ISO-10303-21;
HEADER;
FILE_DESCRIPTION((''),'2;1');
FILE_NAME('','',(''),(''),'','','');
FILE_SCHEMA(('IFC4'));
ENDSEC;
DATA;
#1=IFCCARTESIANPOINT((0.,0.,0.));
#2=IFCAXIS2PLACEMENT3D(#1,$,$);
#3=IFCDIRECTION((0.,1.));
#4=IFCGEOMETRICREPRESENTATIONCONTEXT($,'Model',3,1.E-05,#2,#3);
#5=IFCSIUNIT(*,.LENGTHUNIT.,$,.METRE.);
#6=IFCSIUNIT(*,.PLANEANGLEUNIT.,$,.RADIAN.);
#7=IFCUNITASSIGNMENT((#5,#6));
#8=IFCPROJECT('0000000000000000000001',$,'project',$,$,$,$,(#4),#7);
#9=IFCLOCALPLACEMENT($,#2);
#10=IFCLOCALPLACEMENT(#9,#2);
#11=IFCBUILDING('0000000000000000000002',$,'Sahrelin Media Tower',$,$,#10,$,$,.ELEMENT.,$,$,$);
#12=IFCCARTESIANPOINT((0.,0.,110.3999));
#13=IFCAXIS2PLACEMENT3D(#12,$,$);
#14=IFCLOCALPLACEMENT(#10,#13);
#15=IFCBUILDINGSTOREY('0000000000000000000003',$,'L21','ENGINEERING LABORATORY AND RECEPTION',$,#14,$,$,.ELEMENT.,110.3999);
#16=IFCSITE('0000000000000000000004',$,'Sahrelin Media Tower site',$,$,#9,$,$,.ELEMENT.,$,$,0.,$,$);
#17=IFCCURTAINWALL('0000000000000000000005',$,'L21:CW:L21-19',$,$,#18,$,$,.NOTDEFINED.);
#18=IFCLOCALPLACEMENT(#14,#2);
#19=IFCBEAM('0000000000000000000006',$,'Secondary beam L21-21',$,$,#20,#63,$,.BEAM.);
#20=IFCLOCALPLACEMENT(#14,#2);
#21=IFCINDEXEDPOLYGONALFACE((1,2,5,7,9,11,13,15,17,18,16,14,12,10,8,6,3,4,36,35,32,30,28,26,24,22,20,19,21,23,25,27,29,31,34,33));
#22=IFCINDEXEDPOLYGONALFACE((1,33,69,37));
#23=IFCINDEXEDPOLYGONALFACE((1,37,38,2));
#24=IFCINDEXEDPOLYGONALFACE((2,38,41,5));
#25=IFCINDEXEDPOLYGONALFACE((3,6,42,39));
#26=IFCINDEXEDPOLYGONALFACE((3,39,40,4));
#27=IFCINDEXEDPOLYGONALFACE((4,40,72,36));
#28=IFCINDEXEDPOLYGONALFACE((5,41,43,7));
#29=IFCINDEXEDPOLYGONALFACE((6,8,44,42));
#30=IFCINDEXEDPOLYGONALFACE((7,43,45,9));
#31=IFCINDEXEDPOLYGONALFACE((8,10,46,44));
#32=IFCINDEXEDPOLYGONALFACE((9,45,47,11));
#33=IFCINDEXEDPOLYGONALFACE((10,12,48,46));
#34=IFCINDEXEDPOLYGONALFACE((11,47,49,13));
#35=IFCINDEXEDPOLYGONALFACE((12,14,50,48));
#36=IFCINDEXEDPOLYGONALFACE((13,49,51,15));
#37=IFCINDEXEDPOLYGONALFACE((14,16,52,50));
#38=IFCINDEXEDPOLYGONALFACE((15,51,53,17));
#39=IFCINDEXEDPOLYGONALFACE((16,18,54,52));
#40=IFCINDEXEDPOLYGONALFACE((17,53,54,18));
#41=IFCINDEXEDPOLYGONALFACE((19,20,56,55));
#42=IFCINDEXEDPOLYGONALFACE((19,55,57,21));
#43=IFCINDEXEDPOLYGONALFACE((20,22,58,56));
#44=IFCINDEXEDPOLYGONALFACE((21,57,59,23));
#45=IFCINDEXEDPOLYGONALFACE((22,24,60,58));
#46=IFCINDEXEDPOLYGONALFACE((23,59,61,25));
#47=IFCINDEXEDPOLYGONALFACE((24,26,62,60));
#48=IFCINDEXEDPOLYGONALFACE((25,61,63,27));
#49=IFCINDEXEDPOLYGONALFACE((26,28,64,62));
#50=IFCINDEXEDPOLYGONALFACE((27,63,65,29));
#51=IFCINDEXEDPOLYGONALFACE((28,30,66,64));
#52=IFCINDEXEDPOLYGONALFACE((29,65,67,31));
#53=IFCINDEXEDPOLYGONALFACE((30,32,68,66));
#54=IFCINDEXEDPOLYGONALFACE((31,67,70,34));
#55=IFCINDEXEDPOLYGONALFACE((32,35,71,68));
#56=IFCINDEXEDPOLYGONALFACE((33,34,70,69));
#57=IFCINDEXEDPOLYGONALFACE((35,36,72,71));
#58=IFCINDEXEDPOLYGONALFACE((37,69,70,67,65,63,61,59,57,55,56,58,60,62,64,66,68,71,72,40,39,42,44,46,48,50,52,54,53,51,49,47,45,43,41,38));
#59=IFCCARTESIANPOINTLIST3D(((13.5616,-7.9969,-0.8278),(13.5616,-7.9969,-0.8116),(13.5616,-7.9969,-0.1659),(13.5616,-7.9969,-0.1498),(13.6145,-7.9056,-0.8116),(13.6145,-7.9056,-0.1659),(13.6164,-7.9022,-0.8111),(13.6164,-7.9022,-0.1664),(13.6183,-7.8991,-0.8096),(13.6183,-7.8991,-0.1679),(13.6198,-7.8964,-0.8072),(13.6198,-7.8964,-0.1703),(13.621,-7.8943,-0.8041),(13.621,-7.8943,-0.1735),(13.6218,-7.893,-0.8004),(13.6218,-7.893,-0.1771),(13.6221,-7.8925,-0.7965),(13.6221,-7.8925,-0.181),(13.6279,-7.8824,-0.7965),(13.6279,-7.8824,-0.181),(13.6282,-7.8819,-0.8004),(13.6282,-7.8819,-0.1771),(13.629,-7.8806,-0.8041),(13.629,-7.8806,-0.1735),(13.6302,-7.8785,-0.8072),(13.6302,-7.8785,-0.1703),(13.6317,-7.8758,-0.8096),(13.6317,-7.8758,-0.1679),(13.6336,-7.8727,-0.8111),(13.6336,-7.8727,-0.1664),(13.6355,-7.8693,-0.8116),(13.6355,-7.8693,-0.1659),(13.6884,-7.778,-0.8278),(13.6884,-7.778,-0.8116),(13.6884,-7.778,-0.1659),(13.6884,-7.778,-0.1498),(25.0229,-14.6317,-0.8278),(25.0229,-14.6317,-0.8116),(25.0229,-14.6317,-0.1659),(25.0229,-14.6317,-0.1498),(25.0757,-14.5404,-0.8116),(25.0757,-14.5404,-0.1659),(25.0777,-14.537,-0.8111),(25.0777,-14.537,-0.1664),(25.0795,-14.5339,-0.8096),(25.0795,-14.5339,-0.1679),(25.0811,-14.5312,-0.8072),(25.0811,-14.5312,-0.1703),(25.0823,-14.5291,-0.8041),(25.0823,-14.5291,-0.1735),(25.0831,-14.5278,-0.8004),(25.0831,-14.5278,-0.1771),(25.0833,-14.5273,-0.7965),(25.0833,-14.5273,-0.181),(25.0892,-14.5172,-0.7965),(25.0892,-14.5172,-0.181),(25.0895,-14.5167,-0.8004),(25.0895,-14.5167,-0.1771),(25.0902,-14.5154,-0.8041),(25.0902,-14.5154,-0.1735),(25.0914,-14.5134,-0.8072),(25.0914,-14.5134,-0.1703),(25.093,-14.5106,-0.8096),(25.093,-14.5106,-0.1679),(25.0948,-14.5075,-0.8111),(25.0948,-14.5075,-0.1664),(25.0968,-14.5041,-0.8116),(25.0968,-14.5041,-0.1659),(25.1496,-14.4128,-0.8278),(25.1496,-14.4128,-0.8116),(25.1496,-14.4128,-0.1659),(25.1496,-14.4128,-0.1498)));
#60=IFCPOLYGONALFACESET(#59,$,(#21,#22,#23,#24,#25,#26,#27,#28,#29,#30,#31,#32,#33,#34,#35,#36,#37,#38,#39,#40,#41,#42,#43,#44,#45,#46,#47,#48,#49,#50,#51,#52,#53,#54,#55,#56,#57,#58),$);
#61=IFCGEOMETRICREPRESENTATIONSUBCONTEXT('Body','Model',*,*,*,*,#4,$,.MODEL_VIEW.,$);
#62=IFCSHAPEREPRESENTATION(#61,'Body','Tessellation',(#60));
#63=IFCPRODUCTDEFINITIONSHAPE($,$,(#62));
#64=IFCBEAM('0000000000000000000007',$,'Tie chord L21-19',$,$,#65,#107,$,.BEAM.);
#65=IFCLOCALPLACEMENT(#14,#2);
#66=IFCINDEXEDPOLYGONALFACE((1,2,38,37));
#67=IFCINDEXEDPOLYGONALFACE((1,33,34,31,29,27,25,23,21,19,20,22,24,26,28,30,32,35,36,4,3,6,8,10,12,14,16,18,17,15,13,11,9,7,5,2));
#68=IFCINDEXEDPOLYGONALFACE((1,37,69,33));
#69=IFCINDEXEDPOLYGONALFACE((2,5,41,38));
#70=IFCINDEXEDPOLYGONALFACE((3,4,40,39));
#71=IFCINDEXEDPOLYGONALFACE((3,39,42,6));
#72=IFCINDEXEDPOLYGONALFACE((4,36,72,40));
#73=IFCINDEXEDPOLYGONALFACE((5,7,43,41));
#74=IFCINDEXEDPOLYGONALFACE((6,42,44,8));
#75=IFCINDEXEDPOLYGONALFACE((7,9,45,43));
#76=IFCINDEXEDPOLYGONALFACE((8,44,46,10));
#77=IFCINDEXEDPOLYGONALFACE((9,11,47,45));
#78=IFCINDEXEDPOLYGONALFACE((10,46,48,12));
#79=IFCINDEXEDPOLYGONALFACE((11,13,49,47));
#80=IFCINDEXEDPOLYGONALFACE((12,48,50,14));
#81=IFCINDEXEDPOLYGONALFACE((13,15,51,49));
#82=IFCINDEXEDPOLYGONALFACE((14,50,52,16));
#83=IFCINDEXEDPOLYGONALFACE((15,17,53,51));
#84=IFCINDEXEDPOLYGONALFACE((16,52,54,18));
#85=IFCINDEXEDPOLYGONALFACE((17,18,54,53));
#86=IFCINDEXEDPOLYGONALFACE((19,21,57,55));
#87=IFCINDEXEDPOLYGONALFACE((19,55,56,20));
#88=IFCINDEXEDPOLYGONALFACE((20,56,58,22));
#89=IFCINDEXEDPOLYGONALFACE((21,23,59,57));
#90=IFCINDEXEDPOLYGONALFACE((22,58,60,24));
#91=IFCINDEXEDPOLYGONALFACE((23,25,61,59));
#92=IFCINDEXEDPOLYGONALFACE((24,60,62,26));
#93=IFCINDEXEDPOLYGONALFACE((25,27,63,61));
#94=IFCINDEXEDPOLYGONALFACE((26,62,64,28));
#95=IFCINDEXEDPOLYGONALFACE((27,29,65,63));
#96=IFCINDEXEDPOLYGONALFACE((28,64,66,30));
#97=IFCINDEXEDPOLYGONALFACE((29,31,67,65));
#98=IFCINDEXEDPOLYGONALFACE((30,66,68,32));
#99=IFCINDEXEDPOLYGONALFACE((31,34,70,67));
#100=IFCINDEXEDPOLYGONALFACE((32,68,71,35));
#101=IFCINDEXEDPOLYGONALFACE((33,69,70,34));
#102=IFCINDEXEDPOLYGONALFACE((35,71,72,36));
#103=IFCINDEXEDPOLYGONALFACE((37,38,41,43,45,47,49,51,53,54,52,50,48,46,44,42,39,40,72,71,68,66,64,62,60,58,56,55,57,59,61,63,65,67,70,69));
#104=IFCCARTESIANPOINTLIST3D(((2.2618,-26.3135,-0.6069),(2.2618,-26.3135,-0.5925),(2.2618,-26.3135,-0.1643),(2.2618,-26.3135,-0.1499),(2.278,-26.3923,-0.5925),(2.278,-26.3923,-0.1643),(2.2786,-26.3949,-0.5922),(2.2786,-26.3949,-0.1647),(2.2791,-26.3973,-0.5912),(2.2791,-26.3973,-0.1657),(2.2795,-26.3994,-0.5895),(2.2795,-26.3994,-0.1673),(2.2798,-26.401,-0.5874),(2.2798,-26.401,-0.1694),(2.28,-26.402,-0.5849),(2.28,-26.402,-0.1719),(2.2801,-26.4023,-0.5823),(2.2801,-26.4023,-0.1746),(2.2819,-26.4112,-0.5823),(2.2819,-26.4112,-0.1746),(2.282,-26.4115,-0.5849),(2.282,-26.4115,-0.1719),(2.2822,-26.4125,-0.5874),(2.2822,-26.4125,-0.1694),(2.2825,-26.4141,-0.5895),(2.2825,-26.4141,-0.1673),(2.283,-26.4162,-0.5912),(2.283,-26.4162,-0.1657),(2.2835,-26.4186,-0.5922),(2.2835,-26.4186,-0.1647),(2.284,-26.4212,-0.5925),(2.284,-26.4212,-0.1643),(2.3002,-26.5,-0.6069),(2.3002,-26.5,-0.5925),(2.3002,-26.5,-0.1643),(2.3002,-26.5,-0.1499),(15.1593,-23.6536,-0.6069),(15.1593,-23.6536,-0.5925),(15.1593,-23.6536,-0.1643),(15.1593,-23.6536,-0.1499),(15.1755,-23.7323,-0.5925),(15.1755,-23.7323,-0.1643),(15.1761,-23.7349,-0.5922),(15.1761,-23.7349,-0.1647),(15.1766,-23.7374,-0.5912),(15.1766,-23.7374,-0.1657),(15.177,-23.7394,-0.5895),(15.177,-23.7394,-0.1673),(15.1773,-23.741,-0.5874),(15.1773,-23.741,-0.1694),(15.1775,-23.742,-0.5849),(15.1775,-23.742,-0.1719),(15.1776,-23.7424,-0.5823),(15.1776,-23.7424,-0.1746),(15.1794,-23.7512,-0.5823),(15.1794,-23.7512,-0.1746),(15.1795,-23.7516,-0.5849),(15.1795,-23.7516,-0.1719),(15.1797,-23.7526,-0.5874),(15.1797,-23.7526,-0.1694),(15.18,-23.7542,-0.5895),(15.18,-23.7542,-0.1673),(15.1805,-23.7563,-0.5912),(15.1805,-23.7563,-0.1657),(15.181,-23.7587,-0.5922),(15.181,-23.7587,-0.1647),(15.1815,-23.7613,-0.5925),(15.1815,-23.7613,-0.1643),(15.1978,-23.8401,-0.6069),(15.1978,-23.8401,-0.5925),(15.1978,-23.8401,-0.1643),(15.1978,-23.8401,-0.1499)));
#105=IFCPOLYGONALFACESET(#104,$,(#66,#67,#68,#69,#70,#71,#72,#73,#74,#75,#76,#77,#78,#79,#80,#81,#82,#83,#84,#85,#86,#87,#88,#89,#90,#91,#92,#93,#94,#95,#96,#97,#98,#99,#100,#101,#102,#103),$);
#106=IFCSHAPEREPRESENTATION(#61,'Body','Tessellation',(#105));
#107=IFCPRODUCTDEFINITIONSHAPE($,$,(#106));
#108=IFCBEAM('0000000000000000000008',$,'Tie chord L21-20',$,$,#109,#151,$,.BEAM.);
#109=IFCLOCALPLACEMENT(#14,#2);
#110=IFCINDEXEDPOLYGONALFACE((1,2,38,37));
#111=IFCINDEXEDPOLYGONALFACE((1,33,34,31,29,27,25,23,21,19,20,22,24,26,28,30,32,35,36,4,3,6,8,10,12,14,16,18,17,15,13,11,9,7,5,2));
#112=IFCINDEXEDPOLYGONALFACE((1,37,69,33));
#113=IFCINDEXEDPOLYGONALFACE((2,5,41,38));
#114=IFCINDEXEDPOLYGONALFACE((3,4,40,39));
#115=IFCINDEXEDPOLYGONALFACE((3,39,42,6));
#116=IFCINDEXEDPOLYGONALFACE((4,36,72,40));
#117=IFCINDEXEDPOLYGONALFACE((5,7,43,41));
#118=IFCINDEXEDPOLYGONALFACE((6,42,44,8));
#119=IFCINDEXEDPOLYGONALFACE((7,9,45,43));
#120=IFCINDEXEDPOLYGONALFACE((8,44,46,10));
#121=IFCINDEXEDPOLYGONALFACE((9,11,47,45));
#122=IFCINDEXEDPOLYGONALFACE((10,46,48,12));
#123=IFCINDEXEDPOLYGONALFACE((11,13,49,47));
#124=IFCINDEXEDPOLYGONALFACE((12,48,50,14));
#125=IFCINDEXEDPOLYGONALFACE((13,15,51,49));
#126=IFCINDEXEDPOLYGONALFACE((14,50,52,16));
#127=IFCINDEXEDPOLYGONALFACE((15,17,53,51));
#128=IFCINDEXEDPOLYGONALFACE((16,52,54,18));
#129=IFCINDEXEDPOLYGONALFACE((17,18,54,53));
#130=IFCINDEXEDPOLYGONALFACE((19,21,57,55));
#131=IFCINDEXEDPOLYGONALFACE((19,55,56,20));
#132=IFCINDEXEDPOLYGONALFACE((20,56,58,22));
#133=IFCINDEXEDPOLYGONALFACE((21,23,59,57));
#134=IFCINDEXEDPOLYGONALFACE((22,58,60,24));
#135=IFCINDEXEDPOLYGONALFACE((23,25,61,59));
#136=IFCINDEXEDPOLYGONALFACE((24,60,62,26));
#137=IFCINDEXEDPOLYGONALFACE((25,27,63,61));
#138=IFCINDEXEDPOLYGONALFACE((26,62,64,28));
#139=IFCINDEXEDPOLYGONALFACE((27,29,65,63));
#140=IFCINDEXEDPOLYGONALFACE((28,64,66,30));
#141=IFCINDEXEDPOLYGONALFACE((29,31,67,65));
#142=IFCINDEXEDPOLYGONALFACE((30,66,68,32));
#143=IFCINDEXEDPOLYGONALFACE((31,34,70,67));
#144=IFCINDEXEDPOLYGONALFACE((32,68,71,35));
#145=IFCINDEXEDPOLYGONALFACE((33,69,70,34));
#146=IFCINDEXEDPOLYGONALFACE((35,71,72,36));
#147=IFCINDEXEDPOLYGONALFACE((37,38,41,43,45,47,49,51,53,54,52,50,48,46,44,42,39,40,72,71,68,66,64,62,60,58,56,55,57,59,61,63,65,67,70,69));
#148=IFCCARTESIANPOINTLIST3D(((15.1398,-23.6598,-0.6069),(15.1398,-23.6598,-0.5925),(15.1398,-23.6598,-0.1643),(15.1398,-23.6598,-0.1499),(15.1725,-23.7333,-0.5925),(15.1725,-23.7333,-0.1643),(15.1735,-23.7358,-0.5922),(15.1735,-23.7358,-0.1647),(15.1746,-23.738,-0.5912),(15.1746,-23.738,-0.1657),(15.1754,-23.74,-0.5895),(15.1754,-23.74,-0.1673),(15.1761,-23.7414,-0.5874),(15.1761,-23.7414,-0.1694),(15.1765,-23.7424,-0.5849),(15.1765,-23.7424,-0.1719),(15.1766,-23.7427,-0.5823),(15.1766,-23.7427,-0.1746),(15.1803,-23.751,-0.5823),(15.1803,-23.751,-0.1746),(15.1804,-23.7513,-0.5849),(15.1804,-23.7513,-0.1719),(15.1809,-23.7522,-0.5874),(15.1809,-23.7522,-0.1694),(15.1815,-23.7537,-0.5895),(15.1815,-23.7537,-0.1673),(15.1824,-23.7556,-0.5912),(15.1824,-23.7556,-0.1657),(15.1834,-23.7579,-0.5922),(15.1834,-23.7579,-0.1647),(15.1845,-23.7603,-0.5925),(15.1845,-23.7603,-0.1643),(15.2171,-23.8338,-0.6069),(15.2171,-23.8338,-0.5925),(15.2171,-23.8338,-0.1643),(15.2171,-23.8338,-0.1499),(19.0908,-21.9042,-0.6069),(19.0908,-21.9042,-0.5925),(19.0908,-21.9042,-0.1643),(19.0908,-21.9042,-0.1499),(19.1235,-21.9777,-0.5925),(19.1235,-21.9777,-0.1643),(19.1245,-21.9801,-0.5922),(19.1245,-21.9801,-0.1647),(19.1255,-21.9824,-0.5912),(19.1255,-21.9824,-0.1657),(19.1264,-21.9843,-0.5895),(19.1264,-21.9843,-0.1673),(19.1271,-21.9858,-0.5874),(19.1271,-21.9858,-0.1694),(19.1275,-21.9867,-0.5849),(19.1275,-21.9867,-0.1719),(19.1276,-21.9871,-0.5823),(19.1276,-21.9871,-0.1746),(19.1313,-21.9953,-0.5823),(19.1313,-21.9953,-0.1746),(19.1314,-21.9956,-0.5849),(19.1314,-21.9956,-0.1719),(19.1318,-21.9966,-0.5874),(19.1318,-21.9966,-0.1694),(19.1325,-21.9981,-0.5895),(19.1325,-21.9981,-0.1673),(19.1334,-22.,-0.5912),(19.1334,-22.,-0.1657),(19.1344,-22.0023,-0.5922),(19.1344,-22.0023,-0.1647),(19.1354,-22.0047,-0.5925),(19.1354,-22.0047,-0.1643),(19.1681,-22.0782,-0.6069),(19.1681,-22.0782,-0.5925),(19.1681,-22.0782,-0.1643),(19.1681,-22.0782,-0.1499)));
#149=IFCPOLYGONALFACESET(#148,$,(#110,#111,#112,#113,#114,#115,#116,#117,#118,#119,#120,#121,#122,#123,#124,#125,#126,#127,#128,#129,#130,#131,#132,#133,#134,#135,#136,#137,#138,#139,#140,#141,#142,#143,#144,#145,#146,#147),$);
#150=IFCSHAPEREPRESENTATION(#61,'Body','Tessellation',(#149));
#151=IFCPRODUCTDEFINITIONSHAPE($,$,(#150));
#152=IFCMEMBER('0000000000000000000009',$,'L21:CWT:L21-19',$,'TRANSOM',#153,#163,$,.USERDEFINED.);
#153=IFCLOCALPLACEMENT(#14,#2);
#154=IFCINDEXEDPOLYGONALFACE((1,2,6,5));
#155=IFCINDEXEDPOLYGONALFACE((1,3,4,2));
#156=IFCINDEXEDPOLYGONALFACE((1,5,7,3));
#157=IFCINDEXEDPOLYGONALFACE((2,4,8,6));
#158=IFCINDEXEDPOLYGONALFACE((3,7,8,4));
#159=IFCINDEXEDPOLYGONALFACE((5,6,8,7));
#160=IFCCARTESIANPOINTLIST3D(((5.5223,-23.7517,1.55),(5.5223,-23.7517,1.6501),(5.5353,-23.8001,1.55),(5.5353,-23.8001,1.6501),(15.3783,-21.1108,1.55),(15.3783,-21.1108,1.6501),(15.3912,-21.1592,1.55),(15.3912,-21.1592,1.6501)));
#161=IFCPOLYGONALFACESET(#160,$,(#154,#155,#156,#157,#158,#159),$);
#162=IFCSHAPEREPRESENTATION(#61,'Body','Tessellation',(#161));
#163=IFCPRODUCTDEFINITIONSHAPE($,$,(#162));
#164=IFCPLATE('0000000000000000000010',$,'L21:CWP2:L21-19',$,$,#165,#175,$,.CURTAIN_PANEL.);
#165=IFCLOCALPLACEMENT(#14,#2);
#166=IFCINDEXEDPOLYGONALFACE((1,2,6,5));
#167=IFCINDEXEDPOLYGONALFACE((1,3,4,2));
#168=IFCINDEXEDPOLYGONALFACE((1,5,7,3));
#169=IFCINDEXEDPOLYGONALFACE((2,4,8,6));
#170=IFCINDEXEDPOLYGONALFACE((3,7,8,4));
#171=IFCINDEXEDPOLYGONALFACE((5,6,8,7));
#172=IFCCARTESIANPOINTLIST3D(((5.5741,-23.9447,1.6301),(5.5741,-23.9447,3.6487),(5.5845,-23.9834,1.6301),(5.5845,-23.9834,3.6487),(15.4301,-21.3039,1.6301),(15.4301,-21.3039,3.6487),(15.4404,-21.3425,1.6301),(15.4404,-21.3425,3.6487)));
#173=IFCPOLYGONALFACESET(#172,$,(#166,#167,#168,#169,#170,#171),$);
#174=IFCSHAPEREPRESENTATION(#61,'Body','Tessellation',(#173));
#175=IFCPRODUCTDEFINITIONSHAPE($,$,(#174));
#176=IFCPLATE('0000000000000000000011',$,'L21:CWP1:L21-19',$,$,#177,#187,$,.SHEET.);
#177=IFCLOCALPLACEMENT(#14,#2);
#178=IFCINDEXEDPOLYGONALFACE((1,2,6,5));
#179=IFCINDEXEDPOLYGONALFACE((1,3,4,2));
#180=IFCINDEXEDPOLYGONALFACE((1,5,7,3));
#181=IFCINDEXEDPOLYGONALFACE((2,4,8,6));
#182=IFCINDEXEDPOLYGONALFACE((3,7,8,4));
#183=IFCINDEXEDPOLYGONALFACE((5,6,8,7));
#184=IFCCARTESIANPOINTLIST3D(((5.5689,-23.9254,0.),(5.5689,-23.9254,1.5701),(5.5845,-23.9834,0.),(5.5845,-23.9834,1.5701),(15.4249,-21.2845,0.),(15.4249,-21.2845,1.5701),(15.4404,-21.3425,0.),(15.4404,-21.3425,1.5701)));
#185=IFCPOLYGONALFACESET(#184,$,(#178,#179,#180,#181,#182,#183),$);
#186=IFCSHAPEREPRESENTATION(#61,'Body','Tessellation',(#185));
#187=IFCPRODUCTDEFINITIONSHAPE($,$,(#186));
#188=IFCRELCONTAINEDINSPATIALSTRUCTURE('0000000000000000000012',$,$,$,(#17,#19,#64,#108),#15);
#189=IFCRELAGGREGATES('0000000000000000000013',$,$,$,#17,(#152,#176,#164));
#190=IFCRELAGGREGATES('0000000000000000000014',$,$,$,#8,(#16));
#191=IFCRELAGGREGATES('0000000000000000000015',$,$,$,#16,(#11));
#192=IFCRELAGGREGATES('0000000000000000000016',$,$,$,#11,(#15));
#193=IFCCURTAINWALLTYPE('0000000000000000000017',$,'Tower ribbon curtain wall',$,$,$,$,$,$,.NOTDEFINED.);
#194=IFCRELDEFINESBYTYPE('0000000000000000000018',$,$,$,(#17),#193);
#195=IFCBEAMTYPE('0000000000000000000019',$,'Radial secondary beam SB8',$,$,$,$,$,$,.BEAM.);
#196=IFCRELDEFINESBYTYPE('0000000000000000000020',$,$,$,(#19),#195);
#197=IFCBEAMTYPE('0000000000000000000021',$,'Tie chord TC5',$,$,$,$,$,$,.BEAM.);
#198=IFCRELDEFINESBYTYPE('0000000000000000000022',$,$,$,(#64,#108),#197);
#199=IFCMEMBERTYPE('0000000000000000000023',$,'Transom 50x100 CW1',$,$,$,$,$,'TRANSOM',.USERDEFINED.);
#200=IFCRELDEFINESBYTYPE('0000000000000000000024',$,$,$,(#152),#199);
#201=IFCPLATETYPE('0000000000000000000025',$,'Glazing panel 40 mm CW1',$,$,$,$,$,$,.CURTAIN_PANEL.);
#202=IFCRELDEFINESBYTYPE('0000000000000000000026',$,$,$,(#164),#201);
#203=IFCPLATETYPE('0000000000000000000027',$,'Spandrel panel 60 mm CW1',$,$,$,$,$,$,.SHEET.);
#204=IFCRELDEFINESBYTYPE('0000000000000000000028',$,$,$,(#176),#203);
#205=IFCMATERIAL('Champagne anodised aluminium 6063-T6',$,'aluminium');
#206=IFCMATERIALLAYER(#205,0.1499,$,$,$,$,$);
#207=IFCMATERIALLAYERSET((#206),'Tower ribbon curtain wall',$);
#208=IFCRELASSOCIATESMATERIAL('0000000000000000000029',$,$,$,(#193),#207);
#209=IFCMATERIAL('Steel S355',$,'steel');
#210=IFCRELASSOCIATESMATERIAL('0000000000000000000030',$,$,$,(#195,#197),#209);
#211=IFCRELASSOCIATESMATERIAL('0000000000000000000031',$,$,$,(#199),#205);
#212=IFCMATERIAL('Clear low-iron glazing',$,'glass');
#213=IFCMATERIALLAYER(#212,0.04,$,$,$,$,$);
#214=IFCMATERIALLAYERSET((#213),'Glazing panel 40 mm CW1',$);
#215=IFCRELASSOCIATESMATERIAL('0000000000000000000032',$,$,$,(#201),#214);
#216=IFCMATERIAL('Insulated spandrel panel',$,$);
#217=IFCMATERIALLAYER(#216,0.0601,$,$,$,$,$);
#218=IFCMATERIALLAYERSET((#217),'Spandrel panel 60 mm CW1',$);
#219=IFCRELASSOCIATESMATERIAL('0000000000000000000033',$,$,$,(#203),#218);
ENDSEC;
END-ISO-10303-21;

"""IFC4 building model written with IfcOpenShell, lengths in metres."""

from ifc_helpers import new_model, si_unit, direction, frame, origin, origin_2d, place, context, subcontext, project, spatial, polyline, rectangle, i_section, outline, extrude, material, layer, layer_set, material_profile, profile_set, type_object, element, aggregate, save


model = new_model("IFC4")

# Units and contexts
model_context = context("Model", 3, precision=1e-05, world=origin(), true_north=direction((0.0, 1.0)))
body_context = subcontext(model_context, "Body", "Model", "MODEL_VIEW")
ifc_project = project(units=[si_unit("LENGTHUNIT", "METRE"), si_unit("PLANEANGLEUNIT", "RADIAN")], contexts=[model_context])

# Site, building, storey
site_placement = place(None, origin())
site = spatial("IfcSite", under=ifc_project, at=site_placement, Name="Sahrelin Media Tower site", CompositionType="ELEMENT", RefElevation=0.0)
building_placement = place(site_placement, origin())
building = spatial("IfcBuilding", under=site, at=building_placement, Name="Sahrelin Media Tower", CompositionType="ELEMENT")
storey_placement = place(building_placement, frame((0.0, 0.0, 110.3999)))
storey = spatial("IfcBuildingStorey", under=building, at=storey_placement, Name="L21", Description="ENGINEERING LABORATORY AND RECEPTION", CompositionType="ELEMENT", Elevation=110.3999)

# Shared definitions
ifc_material_1 = material(Name="Steel S355", Category="steel")

# Curtain wall
ifc_material_2 = material(Name="Champagne anodised aluminium 6063-T6", Category="aluminium")
ifc_layer_1 = layer(ifc_material_2, 0.1499)
ifc_layer_set_1 = layer_set([ifc_layer_1], Name="Tower ribbon curtain wall")
curtain_wall_type = type_object("IfcCurtainWallType", Name="Tower ribbon curtain wall", PredefinedType="NOTDEFINED", material=ifc_layer_set_1)
curtain_wall_placement = place(storey_placement, frame((10.5073, -22.6438, 0.0), z_axis=(0.0, 0.0, 1.0), x_axis=(1.0, 0.0, 0.0)))
curtain_wall = element("IfcCurtainWall", 1, at=curtain_wall_placement, inside=storey, type_object=curtain_wall_type, Name="L21:CW:L21-19", PredefinedType="NOTDEFINED")

# Beams
ifc_material_profile_1 = material_profile(ifc_material_1, i_section(OverallWidth=0.2529, OverallDepth=0.678, WebThickness=0.0117, FlangeThickness=0.0161, FilletRadius=0.0151, at=origin_2d()), Name="UB 686x254x125")
ifc_profile_set_1 = profile_set([ifc_material_profile_1], Name="Steel S355")
beam_type_1 = type_object("IfcBeamType", Name="Radial secondary beam SB8", PredefinedType="BEAM", material=ifc_profile_set_1)
beam_1_placement = place(storey_placement, frame((13.625, -7.8875, -0.4888), z_axis=(0.865448, -0.500999, 0.0), x_axis=(0.500999, 0.865448, 0.0)))
element("IfcBeam", 2, at=beam_1_placement, inside=storey, type_object=beam_type_1, Name="Secondary beam L21-21", PredefinedType="BEAM", context=body_context, shape_type="SweptSolid", body=[
    extrude(i_section(OverallWidth=0.2529, OverallDepth=0.678, WebThickness=0.0117, FlangeThickness=0.0161, FilletRadius=0.0151, at=origin_2d()), origin(), (0.0, 0.0, 1.0), 13.2432),
])
ifc_material_profile_2 = material_profile(ifc_material_1, i_section(OverallWidth=0.1904, OverallDepth=0.457, WebThickness=0.009, FlangeThickness=0.0144, FilletRadius=0.0103, at=origin_2d()), Name="UB 457x191x74")
ifc_profile_set_2 = profile_set([ifc_material_profile_2], Name="Steel S355")
beam_type_2 = type_object("IfcBeamType", Name="Tie chord TC5", PredefinedType="BEAM", material=ifc_profile_set_2)
beam_2_placement = place(storey_placement, frame((2.281, -26.4067, -0.3784), z_axis=(0.979389, 0.201985, 0.0), x_axis=(-0.201985, 0.979389, 0.0)))
element("IfcBeam", 3, at=beam_2_placement, inside=storey, type_object=beam_type_2, Name="Tie chord L21-19", PredefinedType="BEAM", context=body_context, shape_type="SweptSolid", body=[
    extrude(i_section(OverallWidth=0.1904, OverallDepth=0.457, WebThickness=0.009, FlangeThickness=0.0144, FilletRadius=0.0103, at=origin_2d()), origin(), (0.0, 0.0, 1.0), 13.1689),
])
beam_3_placement = place(storey_placement, frame((15.1785, -23.7468, -0.3784), z_axis=(0.913842, 0.40607, 0.0), x_axis=(-0.40607, 0.913842, 0.0)))
element("IfcBeam", 4, at=beam_3_placement, inside=storey, type_object=beam_type_2, Name="Tie chord L21-20", PredefinedType="BEAM", context=body_context, shape_type="SweptSolid", body=[
    extrude(i_section(OverallWidth=0.1904, OverallDepth=0.457, WebThickness=0.009, FlangeThickness=0.0144, FilletRadius=0.0103, at=origin_2d()), origin(), (0.0, 0.0, 1.0), 4.3235),
])

# Member
ifc_material_profile_3 = material_profile(ifc_material_2, rectangle(XDim=0.05, YDim=0.1001, at=origin_2d()), Name="Transom 50x100")
ifc_profile_set_3 = profile_set([ifc_material_profile_3], Name="Champagne anodised aluminium 6063-T6")
member_type_1 = type_object("IfcMemberType", Name="Transom 50x100 CW1", ElementType="TRANSOM", PredefinedType="USERDEFINED", material=ifc_profile_set_3)
member_1_placement = place(storey_placement, frame((5.5288, -23.7759, 1.6001), z_axis=(0.965926, 0.258817, 0.0), x_axis=(-0.258817, 0.965926, 0.0)))
member_1 = element("IfcMember", 5, at=member_1_placement, type_object=member_type_1, Name="L21:CWT:L21-19", ObjectType="TRANSOM", PredefinedType="USERDEFINED", context=body_context, shape_type="SweptSolid", body=[
    extrude(rectangle(XDim=0.05, YDim=0.1001, at=origin_2d()), origin(), (0.0, 0.0, 1.0), 10.2036),
])

# Plates
ifc_material_3 = material(Name="Clear low-iron glazing", Category="glass")
ifc_layer_2 = layer(ifc_material_3, 0.04)
ifc_layer_set_2 = layer_set([ifc_layer_2], Name="Glazing panel 40 mm CW1")
plate_type_1 = type_object("IfcPlateType", Name="Glazing panel 40 mm CW1", PredefinedType="CURTAIN_PANEL", material=ifc_layer_set_2)
plate_1_placement = place(storey_placement, frame((5.5845, -23.9834, 1.6301), z_axis=(0.258817, -0.965926, 0.0), x_axis=(0.965926, 0.258817, 0.0)))
plate_1 = element("IfcPlate", 6, at=plate_1_placement, type_object=plate_type_1, Name="L21:CWP2:L21-19", PredefinedType="CURTAIN_PANEL", context=body_context, shape_type="SweptSolid", body=[
    extrude(outline(polyline([(0.0, 0.0), (10.2036, 0.0), (10.2036, 2.0186), (0.0, 2.0186), (0.0, 0.0)])), origin(), (0.0, 0.0, -1.0), 0.04),
])
ifc_material_4 = material(Name="Insulated spandrel panel")
ifc_layer_3 = layer(ifc_material_4, 0.0601)
ifc_layer_set_3 = layer_set([ifc_layer_3], Name="Spandrel panel 60 mm CW1")
plate_type_2 = type_object("IfcPlateType", Name="Spandrel panel 60 mm CW1", PredefinedType="SHEET", material=ifc_layer_set_3)
plate_2_placement = place(storey_placement, frame((5.5845, -23.9834, 0.0), z_axis=(0.258817, -0.965926, 0.0), x_axis=(0.965926, 0.258817, 0.0)))
plate_2 = element("IfcPlate", 7, at=plate_2_placement, type_object=plate_type_2, Name="L21:CWP1:L21-19", PredefinedType="SHEET", context=body_context, shape_type="SweptSolid", body=[
    extrude(outline(polyline([(0.0, 0.0), (10.2036, 0.0), (10.2036, 1.5701), (0.0, 1.5701), (0.0, 0.0)])), origin(), (0.0, 0.0, -1.0), 0.0601),
])
aggregate(curtain_wall, [member_1, plate_2, plate_1])

save(model, "model.ifc")
